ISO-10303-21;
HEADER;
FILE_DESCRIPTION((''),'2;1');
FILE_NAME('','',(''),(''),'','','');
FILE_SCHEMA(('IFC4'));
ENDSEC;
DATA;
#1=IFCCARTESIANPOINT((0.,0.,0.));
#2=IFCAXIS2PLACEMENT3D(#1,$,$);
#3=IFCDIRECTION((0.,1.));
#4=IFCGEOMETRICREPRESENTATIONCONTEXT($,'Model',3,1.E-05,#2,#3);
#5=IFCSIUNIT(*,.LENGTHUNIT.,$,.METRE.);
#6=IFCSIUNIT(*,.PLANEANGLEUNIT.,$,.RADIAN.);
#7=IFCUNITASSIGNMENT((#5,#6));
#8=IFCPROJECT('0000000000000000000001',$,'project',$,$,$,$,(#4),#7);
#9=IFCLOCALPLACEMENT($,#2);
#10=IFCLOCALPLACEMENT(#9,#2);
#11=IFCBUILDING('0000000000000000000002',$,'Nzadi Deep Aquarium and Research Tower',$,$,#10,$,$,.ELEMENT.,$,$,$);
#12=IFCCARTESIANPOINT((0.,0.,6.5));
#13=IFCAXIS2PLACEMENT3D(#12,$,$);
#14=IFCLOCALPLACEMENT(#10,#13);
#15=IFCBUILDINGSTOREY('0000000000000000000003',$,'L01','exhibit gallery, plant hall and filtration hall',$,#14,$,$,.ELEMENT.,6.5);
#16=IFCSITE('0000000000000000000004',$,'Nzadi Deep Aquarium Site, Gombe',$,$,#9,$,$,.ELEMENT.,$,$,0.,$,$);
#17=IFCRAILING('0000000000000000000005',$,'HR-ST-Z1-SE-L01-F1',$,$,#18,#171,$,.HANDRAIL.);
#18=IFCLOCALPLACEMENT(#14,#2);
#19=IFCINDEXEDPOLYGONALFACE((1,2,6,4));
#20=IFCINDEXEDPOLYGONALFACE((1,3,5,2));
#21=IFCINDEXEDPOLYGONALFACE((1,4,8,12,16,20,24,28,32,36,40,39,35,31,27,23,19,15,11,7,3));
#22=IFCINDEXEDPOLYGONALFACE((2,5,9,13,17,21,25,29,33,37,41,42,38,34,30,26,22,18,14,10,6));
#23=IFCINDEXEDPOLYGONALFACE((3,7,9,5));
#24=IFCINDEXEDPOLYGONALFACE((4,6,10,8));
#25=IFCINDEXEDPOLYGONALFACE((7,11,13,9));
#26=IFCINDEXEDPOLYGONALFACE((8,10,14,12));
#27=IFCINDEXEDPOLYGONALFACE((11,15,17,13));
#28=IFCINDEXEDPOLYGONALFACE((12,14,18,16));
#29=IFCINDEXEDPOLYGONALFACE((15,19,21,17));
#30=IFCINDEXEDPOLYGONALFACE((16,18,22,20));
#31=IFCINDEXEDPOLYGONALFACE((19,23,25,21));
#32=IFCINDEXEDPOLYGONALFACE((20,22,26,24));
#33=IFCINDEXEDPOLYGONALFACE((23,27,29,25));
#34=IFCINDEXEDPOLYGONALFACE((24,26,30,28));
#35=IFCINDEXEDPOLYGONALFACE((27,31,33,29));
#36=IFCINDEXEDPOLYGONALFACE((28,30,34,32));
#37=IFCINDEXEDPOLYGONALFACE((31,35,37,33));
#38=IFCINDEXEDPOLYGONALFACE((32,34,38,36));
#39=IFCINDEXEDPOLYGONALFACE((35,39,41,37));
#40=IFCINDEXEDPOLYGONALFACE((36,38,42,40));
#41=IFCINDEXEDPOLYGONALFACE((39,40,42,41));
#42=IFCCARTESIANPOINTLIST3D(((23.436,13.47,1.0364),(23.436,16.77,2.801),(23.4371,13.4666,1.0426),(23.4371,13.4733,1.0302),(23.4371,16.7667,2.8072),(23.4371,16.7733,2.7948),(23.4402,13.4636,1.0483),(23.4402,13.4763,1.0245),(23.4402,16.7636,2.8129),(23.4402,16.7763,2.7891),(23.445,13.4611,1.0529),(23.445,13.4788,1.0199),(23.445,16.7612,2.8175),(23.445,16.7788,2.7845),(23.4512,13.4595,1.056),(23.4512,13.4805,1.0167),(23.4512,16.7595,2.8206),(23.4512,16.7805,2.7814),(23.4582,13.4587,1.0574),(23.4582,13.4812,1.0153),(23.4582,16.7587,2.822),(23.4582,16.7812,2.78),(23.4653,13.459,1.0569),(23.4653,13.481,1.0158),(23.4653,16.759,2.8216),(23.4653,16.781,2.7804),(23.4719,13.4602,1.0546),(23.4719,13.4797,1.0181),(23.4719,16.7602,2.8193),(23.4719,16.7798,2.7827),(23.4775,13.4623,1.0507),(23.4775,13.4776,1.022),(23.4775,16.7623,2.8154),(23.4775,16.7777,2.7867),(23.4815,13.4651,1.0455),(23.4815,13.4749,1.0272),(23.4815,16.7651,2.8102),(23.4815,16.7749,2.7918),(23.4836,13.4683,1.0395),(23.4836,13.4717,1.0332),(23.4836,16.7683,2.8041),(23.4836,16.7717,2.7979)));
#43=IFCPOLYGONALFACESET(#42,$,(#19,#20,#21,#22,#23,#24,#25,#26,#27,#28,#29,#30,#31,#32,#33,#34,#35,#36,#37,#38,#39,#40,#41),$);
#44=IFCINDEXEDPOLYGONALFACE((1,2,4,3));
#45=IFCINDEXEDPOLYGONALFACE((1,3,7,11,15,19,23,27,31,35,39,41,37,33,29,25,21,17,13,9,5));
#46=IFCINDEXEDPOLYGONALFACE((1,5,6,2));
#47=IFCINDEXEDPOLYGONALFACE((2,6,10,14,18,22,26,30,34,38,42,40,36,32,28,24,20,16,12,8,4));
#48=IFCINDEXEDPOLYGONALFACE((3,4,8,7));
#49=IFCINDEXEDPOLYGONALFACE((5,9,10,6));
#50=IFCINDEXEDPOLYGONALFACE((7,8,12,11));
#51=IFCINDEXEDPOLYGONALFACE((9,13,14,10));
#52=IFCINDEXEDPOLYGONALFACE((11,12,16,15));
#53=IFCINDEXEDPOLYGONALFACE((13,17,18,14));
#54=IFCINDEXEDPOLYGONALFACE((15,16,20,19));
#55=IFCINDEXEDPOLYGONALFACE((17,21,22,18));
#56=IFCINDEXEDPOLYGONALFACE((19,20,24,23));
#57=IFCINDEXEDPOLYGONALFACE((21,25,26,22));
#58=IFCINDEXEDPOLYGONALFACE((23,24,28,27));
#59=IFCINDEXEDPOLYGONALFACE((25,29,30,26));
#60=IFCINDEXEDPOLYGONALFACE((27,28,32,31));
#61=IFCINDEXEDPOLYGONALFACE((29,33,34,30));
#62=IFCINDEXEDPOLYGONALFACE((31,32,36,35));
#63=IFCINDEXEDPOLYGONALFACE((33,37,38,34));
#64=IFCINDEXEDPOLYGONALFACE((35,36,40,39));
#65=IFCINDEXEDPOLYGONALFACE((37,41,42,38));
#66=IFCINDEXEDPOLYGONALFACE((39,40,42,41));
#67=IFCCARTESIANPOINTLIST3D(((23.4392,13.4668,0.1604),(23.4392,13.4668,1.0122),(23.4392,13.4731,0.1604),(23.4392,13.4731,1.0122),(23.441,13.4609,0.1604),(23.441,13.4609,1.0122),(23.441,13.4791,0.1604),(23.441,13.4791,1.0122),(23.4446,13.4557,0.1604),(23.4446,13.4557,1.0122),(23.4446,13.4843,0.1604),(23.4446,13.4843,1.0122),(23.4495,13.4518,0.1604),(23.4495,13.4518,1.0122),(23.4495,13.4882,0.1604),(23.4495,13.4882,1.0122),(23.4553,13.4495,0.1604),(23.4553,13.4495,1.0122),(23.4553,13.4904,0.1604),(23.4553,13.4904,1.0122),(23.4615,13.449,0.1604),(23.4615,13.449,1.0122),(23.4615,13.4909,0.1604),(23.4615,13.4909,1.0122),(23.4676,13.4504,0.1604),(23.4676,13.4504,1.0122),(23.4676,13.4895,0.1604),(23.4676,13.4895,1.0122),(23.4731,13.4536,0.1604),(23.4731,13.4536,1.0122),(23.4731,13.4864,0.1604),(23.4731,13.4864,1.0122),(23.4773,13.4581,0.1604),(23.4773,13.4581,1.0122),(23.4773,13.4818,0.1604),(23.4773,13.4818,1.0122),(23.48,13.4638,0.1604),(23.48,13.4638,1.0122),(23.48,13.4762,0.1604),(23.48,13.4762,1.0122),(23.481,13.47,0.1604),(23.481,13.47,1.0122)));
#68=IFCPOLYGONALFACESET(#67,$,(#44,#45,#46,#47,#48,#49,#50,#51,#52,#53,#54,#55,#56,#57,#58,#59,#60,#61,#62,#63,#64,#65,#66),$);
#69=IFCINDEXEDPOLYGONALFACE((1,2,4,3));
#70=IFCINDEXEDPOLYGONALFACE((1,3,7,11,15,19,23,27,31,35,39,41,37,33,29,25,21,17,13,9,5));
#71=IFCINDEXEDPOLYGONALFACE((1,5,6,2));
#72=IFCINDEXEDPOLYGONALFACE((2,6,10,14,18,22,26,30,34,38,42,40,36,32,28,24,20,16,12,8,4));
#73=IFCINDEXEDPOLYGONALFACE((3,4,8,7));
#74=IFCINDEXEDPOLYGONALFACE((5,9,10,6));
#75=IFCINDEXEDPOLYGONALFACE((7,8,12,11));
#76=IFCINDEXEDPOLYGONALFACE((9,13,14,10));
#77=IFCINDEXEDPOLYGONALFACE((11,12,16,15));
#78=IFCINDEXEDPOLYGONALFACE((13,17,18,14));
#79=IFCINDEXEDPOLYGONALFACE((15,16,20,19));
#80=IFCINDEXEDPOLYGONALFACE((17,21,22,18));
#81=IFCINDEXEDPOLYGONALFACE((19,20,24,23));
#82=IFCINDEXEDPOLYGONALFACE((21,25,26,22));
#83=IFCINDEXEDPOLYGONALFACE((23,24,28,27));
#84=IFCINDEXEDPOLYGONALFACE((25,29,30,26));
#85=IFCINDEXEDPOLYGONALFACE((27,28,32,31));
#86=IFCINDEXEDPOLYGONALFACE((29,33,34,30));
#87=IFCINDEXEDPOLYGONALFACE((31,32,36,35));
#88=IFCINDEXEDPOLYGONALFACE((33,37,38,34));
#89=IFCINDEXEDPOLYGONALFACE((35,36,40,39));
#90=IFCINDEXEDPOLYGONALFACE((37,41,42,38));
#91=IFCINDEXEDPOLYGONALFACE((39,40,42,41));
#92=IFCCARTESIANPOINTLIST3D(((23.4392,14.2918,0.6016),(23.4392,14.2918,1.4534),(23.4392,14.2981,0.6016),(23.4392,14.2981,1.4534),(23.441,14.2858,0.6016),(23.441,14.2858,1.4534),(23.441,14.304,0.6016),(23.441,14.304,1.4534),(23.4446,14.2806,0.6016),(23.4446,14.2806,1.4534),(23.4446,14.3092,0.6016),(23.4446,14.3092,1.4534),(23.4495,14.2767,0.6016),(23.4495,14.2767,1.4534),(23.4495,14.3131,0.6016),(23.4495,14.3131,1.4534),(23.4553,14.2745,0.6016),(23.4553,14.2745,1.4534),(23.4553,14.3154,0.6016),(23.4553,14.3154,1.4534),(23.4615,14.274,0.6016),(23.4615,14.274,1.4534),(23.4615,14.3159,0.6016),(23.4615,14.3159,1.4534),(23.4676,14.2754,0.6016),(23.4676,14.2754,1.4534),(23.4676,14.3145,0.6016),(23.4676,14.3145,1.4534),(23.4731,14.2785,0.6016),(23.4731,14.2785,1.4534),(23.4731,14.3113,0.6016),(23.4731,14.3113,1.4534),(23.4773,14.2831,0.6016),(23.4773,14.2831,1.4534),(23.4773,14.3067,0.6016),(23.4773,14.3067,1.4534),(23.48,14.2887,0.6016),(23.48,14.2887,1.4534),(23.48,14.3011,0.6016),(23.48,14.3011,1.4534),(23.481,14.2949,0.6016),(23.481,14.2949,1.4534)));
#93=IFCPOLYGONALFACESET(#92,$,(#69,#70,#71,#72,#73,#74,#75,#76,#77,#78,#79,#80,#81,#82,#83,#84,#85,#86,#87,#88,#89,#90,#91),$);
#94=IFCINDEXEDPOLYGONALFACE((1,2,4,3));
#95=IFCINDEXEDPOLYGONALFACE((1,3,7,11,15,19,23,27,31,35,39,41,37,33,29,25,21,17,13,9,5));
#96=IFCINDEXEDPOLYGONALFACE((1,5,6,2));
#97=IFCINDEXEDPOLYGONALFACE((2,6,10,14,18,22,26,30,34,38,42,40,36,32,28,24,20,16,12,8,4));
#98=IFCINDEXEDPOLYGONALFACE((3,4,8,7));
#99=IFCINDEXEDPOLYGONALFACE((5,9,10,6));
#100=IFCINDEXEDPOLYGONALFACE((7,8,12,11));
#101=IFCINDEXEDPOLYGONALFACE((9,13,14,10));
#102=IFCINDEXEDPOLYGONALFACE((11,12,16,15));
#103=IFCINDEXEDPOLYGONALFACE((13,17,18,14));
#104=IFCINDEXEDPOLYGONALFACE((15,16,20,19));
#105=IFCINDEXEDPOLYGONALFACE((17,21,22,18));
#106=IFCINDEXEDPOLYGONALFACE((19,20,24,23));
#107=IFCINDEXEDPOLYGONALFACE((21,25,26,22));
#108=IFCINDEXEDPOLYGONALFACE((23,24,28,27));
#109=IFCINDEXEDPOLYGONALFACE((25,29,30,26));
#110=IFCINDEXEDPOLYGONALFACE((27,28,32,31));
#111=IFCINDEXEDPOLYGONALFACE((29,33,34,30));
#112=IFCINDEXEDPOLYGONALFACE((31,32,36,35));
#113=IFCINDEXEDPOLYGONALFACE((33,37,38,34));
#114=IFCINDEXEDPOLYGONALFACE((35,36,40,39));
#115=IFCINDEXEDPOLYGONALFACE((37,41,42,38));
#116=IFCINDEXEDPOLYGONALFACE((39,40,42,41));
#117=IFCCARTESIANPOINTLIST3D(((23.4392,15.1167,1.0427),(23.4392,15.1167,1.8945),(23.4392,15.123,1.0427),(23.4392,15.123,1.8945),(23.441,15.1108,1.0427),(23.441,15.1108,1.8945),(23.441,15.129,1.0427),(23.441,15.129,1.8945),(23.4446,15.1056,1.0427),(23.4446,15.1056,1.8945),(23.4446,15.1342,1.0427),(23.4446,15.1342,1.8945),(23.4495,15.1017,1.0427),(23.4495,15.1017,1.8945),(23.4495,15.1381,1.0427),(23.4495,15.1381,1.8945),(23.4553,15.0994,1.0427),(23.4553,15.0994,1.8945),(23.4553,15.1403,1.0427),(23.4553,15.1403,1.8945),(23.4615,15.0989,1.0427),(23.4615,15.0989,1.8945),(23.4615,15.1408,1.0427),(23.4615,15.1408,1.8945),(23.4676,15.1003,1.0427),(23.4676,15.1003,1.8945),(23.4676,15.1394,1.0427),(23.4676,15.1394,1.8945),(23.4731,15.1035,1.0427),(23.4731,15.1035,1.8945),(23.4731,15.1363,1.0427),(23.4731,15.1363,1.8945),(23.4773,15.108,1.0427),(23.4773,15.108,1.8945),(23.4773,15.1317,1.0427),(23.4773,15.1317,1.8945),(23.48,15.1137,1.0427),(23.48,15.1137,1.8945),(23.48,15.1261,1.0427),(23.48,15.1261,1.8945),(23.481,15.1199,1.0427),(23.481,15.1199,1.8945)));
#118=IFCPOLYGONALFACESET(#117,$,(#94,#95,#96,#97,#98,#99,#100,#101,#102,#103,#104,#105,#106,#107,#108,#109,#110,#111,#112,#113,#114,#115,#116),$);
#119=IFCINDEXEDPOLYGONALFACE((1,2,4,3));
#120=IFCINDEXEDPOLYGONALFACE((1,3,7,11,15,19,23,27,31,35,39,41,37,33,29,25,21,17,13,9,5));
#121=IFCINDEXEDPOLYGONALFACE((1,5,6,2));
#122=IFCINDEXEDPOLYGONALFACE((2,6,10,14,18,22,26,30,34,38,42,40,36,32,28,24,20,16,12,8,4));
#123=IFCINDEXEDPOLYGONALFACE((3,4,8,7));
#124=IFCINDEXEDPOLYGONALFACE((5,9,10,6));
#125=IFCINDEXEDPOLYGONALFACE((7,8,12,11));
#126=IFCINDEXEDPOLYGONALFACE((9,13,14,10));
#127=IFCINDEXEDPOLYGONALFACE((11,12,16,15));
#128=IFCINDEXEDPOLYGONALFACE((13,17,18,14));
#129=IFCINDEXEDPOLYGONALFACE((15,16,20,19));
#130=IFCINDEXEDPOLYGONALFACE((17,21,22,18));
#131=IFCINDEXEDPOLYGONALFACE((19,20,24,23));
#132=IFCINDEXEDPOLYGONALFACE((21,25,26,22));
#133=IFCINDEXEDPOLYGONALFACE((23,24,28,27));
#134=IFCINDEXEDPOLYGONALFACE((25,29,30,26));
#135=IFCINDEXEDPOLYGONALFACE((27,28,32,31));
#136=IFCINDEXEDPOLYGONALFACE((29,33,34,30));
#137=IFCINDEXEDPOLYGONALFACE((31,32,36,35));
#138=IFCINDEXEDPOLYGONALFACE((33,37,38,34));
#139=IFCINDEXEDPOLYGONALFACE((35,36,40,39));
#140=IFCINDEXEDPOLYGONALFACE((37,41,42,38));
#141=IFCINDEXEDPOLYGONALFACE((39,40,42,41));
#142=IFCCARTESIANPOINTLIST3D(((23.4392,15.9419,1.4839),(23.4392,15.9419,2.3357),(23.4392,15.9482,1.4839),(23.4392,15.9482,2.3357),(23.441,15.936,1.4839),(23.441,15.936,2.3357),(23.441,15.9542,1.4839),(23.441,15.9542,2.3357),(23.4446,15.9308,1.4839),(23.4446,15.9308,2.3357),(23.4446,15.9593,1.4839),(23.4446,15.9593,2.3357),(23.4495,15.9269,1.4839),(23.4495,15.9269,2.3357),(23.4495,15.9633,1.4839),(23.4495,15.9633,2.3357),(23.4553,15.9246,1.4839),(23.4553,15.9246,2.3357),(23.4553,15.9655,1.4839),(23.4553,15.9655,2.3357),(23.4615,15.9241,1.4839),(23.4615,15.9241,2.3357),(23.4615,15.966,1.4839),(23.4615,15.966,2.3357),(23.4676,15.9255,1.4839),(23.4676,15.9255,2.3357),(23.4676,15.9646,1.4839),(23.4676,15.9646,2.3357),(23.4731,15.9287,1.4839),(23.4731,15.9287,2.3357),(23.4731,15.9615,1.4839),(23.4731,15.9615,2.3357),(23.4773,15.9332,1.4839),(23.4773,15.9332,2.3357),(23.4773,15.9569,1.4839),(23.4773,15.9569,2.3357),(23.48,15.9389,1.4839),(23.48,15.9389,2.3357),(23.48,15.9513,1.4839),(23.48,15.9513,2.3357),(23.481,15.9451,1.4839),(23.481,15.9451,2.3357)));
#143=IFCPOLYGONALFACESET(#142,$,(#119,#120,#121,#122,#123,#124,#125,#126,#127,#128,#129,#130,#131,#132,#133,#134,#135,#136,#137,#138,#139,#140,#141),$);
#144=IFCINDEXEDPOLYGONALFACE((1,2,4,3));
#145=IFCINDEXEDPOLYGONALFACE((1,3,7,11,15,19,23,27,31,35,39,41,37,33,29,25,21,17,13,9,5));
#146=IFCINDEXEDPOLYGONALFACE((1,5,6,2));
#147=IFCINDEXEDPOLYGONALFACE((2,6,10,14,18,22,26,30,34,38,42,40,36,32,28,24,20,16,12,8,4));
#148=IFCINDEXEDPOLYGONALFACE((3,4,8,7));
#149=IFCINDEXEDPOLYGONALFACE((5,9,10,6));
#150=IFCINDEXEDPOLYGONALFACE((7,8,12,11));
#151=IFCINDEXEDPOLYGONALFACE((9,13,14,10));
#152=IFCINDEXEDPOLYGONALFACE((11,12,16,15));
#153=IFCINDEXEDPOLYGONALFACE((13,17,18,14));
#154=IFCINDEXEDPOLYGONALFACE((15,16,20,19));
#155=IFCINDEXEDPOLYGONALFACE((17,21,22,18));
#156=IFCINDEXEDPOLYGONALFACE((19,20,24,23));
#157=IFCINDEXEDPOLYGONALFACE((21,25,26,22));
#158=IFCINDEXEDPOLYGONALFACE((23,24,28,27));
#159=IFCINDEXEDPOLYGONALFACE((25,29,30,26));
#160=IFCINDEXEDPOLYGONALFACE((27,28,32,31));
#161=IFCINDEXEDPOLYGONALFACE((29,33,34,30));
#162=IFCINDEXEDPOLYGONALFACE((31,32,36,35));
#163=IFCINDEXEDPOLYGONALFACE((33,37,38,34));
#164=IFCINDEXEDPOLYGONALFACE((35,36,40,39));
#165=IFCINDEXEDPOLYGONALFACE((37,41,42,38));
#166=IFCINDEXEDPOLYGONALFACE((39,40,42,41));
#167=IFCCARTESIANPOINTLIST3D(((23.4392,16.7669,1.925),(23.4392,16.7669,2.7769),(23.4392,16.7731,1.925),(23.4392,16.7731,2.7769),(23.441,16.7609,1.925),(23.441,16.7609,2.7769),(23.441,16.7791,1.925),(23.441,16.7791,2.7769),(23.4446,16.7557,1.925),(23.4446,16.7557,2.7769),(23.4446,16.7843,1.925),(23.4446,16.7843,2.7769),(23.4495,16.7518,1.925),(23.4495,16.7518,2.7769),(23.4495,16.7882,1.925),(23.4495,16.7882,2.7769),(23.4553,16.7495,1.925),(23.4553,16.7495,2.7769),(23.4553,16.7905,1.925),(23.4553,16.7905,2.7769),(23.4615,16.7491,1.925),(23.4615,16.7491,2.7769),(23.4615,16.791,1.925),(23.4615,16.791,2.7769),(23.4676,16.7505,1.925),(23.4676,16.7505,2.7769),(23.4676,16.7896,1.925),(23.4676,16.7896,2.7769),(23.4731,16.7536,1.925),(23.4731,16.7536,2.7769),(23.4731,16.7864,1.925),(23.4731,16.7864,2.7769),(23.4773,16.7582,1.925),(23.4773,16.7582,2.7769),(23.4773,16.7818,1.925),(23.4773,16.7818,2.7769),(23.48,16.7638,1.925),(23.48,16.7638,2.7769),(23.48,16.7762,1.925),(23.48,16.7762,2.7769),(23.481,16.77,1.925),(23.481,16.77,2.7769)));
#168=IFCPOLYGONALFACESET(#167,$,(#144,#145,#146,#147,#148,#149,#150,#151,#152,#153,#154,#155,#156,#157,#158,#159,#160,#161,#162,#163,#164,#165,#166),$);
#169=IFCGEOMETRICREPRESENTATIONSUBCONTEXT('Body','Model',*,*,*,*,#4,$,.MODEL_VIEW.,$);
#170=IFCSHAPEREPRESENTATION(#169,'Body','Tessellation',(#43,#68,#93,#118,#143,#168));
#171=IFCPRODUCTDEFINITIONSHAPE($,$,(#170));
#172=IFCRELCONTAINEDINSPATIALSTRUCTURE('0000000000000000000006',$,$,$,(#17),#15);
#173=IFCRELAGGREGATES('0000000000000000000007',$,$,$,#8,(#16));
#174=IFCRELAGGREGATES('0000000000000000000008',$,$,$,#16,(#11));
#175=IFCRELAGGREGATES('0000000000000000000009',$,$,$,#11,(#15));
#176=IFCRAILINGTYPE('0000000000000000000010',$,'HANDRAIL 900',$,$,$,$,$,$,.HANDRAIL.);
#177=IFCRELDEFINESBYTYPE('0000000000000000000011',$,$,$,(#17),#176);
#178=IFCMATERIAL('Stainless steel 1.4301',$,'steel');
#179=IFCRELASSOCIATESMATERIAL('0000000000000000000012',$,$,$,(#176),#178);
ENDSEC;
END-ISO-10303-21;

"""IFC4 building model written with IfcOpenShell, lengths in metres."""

from ifc_helpers import new_model, si_unit, direction, frame, origin, origin_2d, place, context, subcontext, project, spatial, circle, extrude, material, type_object, element, save


model = new_model("IFC4")

# Units and contexts
model_context = context("Model", 3, precision=1e-05, world=origin(), true_north=direction((0.0, 1.0)))
body_context = subcontext(model_context, "Body", "Model", "MODEL_VIEW")
ifc_project = project(units=[si_unit("LENGTHUNIT", "METRE"), si_unit("PLANEANGLEUNIT", "RADIAN")], contexts=[model_context])

# Site, building, storey
site_placement = place(None, origin())
site = spatial("IfcSite", under=ifc_project, at=site_placement, Name="Nzadi Deep Aquarium Site, Gombe", CompositionType="ELEMENT", RefElevation=0.0)
building_placement = place(site_placement, origin())
building = spatial("IfcBuilding", under=site, at=building_placement, Name="Nzadi Deep Aquarium and Research Tower", CompositionType="ELEMENT")
storey_placement = place(building_placement, frame((0.0, 0.0, 6.5)))
storey = spatial("IfcBuildingStorey", under=building, at=storey_placement, Name="L01", Description="exhibit gallery, plant hall and filtration hall", CompositionType="ELEMENT", Elevation=6.5)

# Railing
ifc_material_1 = material(Name="Stainless steel 1.4301", Category="steel")
railing_type = type_object("IfcRailingType", Name="HANDRAIL 900", PredefinedType="HANDRAIL", material=ifc_material_1)
railing_1_placement = place(storey_placement, frame((23.46, 13.47, 0.1604)))
element("IfcRailing", 1, at=railing_1_placement, inside=storey, type_object=railing_type, Name="HR-ST-Z1-SE-L01-F1", PredefinedType="HANDRAIL", context=body_context, shape_type="SweptSolid", body=[
    extrude(circle(Radius=0.0239, at=origin_2d()), frame((0.0, 0.0, 0.876), z_axis=(0.0, 0.88184, 0.47155), x_axis=(-1.0, 0.0, 0.0)), (0.0, 0.0, 1.0), 3.7422),
    extrude(circle(Radius=0.021, at=origin_2d()), origin(), (0.0, 0.0, 1.0), 0.8518),
    extrude(circle(Radius=0.021, at=origin_2d()), frame((0.0, 0.825, 0.4412)), (0.0, 0.0, 1.0), 0.8518),
    extrude(circle(Radius=0.021, at=origin_2d()), frame((0.0, 1.6499, 0.8823)), (0.0, 0.0, 1.0), 0.8518),
    extrude(circle(Radius=0.021, at=origin_2d()), frame((0.0, 2.4751, 1.3235)), (0.0, 0.0, 1.0), 0.8518),
    extrude(circle(Radius=0.021, at=origin_2d()), frame((0.0, 3.3, 1.7646)), (0.0, 0.0, 1.0), 0.8518),
])

save(model, "model.ifc")
